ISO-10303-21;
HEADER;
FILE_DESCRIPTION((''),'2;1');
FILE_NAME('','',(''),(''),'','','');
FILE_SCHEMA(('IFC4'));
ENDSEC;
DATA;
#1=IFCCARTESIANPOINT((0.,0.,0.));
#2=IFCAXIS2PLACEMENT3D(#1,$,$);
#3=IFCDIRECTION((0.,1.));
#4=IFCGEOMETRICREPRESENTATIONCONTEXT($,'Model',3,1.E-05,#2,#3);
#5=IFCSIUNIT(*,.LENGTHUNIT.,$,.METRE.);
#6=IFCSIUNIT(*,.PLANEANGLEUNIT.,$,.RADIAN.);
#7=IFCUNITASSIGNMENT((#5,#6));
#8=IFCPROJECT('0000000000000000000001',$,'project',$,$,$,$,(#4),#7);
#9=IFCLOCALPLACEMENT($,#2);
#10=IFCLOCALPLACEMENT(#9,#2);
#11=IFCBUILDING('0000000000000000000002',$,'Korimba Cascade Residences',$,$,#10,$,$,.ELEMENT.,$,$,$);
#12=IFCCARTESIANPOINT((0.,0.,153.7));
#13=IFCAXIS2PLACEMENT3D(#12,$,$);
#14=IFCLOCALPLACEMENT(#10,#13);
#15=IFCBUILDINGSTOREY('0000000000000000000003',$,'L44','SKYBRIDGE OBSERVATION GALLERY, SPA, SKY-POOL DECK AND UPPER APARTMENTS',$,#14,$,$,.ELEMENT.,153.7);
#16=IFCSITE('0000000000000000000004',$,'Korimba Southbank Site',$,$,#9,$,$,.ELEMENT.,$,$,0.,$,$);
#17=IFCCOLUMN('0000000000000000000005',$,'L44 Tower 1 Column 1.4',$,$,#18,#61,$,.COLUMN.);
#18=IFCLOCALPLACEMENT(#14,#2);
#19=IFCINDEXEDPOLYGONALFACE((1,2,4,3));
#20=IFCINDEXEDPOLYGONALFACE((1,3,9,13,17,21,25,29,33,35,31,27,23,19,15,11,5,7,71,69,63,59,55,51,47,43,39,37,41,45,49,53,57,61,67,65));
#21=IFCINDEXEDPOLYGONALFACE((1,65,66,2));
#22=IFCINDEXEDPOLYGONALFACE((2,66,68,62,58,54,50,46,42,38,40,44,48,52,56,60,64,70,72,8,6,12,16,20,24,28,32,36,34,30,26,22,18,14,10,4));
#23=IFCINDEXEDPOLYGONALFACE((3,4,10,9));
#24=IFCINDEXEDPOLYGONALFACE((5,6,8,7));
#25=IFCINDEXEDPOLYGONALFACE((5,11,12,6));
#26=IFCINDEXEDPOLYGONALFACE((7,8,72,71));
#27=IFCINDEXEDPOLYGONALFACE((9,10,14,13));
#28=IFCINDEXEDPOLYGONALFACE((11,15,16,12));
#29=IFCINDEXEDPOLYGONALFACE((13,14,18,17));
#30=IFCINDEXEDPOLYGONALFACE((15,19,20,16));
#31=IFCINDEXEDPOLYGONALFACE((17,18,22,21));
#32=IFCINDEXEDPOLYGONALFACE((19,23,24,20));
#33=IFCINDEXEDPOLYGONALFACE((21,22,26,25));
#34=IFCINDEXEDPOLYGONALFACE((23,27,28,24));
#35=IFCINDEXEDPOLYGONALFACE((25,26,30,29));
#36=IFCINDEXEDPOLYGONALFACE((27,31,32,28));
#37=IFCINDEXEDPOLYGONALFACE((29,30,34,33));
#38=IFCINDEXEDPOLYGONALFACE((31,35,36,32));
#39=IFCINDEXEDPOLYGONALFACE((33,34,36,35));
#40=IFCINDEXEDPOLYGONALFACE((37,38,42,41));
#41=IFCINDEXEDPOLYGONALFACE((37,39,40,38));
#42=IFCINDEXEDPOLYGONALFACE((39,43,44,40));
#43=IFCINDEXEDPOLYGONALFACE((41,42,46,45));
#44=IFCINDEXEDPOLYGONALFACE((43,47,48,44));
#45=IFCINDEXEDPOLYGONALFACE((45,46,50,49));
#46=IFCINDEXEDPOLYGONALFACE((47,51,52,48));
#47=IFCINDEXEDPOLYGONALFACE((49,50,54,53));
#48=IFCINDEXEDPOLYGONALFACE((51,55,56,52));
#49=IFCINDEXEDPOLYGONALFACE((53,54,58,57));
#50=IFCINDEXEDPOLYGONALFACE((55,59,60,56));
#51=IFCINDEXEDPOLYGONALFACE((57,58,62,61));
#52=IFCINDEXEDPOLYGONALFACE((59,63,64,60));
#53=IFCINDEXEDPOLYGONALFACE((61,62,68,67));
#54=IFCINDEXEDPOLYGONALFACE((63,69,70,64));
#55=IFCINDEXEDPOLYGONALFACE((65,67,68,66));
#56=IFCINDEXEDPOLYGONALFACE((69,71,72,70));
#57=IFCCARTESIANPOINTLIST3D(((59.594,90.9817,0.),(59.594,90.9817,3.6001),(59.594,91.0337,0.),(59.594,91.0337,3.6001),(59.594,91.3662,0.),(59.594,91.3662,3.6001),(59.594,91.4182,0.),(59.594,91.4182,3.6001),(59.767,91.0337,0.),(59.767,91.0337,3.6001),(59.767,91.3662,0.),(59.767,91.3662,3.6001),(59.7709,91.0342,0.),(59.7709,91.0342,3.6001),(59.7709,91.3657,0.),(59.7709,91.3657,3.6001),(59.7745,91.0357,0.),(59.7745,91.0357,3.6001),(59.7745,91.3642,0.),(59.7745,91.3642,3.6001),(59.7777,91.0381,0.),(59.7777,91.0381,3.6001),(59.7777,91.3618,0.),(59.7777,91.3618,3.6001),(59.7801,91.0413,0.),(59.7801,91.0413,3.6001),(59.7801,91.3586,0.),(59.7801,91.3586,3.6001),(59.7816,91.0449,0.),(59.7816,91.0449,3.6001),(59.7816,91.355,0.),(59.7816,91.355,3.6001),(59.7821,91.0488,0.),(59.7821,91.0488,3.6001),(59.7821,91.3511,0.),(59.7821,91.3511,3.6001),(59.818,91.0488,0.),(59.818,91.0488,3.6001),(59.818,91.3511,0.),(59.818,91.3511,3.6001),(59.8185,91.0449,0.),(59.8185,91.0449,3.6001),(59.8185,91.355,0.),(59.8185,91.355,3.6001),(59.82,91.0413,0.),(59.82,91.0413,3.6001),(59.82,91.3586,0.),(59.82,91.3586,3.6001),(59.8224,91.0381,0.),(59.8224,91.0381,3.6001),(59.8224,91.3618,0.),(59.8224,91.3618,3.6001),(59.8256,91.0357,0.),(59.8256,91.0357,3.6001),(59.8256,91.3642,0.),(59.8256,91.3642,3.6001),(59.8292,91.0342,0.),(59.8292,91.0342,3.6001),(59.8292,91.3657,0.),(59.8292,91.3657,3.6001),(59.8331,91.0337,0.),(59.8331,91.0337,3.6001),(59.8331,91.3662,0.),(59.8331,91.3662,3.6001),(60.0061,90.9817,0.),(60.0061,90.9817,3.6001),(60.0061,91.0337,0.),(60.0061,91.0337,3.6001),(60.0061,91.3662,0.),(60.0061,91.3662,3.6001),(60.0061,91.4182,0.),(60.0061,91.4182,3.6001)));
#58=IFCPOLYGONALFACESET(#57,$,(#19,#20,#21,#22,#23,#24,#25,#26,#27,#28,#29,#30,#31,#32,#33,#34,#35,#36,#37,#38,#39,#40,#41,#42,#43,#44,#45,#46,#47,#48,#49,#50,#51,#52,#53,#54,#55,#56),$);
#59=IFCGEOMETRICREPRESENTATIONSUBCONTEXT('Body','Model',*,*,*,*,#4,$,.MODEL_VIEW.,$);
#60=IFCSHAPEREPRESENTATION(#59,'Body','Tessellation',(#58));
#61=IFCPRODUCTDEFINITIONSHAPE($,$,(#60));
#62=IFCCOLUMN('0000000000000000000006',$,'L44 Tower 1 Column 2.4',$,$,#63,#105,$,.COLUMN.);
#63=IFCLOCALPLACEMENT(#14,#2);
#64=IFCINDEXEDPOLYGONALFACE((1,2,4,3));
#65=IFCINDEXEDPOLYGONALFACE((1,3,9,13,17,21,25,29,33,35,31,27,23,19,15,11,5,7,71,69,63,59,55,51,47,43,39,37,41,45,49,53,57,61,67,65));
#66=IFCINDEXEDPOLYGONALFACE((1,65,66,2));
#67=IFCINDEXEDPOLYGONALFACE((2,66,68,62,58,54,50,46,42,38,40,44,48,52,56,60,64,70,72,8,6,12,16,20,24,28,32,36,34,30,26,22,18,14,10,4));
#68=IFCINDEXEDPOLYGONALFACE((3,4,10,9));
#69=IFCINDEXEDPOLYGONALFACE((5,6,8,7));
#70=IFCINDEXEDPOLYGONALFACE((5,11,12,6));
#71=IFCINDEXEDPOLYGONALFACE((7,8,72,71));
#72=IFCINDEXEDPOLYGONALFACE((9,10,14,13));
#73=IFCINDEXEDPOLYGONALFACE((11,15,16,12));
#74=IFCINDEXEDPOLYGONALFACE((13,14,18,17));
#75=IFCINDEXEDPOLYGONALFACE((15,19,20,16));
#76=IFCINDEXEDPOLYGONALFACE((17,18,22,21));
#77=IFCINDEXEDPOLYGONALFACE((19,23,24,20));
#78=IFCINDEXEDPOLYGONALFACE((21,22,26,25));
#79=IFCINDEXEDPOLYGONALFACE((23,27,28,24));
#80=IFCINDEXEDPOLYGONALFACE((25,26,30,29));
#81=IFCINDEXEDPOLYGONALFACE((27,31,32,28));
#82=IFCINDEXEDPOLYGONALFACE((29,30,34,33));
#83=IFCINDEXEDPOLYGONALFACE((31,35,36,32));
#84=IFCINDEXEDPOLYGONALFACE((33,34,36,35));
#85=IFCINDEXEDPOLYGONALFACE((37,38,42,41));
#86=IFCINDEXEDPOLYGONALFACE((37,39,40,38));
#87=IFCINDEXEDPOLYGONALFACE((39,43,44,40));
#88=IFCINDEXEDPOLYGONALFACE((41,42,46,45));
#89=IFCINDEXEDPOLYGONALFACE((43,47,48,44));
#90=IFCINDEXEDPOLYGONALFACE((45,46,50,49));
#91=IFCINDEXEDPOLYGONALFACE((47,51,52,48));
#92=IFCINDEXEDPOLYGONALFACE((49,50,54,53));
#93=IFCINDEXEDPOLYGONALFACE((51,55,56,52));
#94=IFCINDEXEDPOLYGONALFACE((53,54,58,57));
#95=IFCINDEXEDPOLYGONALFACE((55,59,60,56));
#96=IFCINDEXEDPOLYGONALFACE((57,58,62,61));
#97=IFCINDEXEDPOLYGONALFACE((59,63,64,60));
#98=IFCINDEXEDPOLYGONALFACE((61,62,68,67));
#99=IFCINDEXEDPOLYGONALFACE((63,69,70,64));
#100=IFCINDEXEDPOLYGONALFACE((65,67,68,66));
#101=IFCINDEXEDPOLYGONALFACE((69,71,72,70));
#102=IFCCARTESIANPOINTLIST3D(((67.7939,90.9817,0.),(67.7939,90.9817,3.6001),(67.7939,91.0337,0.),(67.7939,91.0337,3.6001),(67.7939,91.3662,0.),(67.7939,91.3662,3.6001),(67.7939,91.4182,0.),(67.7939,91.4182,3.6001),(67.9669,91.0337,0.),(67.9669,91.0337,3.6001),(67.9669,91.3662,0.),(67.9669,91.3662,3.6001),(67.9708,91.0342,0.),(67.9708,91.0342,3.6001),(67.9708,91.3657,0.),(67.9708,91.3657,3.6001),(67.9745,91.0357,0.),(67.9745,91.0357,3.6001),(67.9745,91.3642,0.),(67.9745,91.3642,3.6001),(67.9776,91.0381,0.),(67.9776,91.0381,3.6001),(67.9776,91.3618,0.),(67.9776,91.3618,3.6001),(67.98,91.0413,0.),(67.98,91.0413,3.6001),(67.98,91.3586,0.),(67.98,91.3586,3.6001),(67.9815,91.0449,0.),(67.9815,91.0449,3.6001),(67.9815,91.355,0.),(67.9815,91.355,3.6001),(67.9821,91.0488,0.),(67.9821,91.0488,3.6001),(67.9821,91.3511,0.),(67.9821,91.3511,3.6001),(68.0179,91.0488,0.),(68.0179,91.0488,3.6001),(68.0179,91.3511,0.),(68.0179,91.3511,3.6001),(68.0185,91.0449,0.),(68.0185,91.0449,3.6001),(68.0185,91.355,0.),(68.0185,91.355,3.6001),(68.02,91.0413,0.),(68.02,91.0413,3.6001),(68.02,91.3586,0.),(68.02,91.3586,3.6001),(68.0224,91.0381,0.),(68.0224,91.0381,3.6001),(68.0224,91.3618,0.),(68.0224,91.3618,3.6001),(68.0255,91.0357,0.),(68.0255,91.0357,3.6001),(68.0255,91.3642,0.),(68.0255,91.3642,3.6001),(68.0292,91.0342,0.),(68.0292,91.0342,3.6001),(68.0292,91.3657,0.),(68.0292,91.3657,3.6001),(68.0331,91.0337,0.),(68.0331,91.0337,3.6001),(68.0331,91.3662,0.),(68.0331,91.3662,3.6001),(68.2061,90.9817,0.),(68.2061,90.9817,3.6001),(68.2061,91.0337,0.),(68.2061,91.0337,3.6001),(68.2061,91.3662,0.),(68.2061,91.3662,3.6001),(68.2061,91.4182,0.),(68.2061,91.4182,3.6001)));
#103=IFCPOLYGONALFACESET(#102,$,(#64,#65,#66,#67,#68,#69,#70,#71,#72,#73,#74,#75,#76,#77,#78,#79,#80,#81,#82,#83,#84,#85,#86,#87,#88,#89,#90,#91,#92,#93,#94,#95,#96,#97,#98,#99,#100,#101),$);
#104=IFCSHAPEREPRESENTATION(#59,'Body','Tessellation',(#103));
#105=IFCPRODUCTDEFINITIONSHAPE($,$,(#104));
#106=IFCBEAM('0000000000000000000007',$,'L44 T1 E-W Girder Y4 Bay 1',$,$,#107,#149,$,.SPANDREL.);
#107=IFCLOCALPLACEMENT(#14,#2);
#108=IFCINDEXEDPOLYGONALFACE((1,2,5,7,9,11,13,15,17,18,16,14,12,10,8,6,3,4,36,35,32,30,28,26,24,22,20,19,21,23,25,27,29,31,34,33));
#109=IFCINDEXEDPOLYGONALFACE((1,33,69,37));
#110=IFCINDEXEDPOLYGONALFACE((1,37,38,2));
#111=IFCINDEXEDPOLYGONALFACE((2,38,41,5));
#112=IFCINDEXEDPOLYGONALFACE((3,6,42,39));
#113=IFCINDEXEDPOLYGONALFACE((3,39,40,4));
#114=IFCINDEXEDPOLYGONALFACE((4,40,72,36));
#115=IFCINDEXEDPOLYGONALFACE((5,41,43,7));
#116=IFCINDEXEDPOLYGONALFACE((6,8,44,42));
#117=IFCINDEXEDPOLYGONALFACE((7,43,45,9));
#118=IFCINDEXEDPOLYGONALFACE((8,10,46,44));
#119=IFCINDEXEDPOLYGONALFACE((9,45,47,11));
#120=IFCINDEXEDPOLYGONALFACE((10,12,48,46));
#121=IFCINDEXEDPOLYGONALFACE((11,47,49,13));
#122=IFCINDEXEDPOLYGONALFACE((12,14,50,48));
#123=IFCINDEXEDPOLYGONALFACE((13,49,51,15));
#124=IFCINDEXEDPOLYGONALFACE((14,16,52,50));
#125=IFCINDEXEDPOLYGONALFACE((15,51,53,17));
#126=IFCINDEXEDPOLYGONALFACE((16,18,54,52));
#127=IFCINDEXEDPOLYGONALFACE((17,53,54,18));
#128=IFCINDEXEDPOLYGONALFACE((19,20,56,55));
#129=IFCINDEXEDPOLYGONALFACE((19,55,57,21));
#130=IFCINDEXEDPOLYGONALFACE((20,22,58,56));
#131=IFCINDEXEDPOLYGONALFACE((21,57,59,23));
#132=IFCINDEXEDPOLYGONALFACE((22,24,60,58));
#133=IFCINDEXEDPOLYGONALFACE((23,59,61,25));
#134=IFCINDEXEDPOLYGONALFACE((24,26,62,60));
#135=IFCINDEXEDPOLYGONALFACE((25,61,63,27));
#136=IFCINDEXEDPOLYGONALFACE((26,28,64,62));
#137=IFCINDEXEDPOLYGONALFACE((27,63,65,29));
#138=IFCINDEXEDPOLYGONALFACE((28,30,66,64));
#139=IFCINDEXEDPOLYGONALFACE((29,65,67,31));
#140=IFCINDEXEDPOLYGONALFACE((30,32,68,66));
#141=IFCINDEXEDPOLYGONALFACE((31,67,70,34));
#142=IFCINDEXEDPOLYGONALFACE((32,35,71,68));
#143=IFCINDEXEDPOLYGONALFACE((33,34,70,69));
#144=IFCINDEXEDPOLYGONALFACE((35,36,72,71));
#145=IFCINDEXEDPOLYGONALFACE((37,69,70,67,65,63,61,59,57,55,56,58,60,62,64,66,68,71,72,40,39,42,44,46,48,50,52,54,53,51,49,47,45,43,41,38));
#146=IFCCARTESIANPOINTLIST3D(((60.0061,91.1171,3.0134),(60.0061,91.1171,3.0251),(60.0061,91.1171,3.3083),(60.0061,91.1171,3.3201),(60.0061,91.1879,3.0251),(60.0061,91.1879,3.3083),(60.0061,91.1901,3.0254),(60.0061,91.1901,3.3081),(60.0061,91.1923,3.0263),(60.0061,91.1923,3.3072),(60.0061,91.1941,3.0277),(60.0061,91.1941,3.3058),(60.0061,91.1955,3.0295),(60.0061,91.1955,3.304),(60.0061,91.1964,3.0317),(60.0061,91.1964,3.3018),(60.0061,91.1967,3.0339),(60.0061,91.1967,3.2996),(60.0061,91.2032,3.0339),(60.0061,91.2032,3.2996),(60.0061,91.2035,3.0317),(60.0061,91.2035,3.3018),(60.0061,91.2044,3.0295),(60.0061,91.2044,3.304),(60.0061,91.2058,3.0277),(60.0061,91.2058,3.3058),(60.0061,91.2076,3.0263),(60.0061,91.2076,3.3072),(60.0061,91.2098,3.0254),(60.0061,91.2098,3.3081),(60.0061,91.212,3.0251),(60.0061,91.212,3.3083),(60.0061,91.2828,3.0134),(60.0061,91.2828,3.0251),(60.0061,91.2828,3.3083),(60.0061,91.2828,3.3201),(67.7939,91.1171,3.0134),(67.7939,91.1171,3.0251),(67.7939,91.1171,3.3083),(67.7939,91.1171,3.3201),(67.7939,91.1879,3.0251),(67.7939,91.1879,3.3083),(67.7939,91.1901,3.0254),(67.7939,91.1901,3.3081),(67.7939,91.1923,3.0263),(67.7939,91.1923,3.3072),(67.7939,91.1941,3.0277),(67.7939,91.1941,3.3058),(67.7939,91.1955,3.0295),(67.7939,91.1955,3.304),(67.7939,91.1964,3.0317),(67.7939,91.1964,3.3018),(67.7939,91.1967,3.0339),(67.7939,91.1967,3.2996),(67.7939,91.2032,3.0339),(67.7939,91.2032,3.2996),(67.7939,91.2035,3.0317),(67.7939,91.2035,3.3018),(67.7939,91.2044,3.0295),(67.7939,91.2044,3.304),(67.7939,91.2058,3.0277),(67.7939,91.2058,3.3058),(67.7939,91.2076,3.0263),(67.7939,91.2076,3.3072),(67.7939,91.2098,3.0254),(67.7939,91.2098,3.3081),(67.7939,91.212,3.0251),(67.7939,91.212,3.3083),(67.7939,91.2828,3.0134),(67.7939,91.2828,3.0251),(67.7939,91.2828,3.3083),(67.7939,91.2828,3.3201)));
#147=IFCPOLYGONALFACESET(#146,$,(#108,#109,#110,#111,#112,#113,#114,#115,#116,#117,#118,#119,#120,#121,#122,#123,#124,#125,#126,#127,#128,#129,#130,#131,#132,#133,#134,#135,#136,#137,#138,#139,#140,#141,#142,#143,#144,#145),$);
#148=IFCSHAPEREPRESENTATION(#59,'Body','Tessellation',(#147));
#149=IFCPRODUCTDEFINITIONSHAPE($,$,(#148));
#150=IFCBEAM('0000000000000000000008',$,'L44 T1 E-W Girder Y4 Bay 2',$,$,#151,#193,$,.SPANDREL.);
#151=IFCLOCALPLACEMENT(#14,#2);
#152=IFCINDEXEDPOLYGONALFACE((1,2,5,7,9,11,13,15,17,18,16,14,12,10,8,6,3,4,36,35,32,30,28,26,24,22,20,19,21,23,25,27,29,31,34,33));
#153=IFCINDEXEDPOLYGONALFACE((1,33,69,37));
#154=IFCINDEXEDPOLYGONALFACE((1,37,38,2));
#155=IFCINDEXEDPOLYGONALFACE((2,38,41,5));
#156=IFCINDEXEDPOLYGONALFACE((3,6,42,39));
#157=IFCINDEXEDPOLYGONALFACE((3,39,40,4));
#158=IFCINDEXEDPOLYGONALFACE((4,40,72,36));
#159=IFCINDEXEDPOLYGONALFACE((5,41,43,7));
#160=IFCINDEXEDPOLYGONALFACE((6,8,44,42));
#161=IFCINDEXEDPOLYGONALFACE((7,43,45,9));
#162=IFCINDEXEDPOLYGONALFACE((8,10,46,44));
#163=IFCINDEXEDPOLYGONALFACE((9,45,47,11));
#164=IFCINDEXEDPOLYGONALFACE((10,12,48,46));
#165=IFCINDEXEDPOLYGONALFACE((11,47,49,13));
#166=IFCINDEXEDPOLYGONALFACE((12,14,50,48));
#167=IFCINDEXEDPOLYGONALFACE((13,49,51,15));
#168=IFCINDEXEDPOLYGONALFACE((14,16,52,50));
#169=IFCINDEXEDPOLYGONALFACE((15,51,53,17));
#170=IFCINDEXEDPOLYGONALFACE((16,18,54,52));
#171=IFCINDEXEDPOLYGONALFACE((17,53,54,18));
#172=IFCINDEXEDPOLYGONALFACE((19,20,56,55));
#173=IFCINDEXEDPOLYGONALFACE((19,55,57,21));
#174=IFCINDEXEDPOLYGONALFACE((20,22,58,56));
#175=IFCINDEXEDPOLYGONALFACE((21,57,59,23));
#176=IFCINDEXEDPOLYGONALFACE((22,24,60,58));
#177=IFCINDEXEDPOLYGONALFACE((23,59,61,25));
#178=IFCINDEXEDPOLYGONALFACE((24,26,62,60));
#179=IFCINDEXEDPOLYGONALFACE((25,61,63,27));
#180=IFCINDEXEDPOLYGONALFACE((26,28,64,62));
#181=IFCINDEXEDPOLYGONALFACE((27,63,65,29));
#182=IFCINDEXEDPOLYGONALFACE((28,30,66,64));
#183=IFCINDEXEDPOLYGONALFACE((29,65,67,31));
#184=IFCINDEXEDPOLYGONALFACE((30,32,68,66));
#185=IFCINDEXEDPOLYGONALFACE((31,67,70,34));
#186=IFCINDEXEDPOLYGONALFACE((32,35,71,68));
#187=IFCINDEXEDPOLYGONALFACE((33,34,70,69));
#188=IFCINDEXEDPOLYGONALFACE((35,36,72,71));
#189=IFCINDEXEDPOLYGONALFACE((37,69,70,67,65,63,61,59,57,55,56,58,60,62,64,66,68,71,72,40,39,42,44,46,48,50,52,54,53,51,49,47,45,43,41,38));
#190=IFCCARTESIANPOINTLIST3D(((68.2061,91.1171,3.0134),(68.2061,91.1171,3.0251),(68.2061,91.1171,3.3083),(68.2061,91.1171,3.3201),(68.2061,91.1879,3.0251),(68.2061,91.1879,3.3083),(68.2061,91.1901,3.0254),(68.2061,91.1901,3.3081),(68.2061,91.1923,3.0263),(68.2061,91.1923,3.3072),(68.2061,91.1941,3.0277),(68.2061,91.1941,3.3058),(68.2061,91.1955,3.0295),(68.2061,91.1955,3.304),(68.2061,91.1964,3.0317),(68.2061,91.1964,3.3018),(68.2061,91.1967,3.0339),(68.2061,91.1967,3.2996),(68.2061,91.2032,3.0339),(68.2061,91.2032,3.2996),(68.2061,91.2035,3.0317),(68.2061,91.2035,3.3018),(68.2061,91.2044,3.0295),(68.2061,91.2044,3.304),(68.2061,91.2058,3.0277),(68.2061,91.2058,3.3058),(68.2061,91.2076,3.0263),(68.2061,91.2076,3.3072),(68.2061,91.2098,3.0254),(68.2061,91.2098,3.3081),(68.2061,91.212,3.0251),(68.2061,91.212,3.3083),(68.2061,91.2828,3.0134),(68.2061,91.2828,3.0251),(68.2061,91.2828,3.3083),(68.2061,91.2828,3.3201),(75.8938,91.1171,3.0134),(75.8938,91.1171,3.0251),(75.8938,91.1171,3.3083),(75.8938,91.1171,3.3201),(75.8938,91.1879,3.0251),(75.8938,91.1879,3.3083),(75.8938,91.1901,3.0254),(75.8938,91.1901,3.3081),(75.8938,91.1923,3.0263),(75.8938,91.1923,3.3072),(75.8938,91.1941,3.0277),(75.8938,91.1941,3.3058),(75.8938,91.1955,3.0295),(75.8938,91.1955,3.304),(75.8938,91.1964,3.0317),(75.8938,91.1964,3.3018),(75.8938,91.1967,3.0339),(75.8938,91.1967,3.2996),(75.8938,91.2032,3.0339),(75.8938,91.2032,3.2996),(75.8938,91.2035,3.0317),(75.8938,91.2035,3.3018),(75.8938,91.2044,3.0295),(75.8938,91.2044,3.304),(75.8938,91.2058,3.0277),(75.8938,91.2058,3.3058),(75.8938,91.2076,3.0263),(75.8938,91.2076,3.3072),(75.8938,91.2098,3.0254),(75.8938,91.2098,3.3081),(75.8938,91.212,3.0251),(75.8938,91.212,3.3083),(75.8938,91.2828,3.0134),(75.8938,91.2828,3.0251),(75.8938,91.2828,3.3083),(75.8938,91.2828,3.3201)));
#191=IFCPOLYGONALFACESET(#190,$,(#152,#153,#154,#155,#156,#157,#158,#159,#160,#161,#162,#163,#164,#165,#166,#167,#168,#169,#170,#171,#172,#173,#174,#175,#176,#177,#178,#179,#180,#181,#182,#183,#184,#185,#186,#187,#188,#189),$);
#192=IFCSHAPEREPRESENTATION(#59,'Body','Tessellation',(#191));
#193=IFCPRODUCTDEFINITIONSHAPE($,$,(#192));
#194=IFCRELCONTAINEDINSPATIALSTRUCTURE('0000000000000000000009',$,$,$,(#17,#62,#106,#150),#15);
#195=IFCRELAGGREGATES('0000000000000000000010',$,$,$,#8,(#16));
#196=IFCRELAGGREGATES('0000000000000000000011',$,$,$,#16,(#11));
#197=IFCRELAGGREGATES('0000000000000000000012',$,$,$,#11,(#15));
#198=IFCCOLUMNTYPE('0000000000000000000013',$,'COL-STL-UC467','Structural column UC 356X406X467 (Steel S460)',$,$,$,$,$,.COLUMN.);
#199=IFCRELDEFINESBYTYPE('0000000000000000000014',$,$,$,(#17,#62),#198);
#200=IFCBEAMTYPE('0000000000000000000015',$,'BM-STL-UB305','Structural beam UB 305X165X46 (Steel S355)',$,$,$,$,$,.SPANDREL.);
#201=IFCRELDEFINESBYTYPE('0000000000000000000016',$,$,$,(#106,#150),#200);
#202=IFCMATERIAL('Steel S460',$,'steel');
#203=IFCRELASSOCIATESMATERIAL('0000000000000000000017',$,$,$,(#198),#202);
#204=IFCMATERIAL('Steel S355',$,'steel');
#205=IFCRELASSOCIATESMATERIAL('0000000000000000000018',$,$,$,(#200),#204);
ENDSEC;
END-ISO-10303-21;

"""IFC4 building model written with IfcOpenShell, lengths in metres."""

from ifc_helpers import new_model, si_unit, direction, frame, origin, origin_2d, place, context, subcontext, project, spatial, i_section, extrude, material, material_profile, profile_set, type_object, element, save


model = new_model("IFC4")

# Units and contexts
model_context = context("Model", 3, precision=1e-05, world=origin(), true_north=direction((0.0, 1.0)))
body_context = subcontext(model_context, "Body", "Model", "MODEL_VIEW")
ifc_project = project(units=[si_unit("LENGTHUNIT", "METRE"), si_unit("PLANEANGLEUNIT", "RADIAN")], contexts=[model_context])

# Site, building, storey
site_placement = place(None, origin())
site = spatial("IfcSite", under=ifc_project, at=site_placement, Name="Korimba Southbank Site", CompositionType="ELEMENT", RefElevation=0.0)
building_placement = place(site_placement, origin())
building = spatial("IfcBuilding", under=site, at=building_placement, Name="Korimba Cascade Residences", CompositionType="ELEMENT")
storey_placement = place(building_placement, frame((0.0, 0.0, 153.7)))
storey = spatial("IfcBuildingStorey", under=building, at=storey_placement, Name="L44", Description="SKYBRIDGE OBSERVATION GALLERY, SPA, SKY-POOL DECK AND UPPER APARTMENTS", CompositionType="ELEMENT", Elevation=153.7)

# Columns
ifc_material_1 = material(Name="Steel S460", Category="steel")
ifc_material_profile_1 = material_profile(ifc_material_1, i_section(OverallWidth=0.4121, OverallDepth=0.4365, WebThickness=0.0359, FlangeThickness=0.052, FilletRadius=0.0151, at=origin_2d()), Name="Steel S460")
ifc_profile_set_1 = profile_set([ifc_material_profile_1], Name="Steel S460")
column_type = type_object("IfcColumnType", Name="COL-STL-UC467", Description="Structural column UC 356X406X467 (Steel S460)", PredefinedType="COLUMN", material=ifc_profile_set_1)
for number, where, z_axis, x_axis, name in (
    (1, (59.8, 91.2, 0.0), (0.0, 0.0, 1.0), (1.0, 0.0, 0.0), "L44 Tower 1 Column 1.4"),
    (2, (68.0, 91.2, 0.0), (0.0, 0.0, 1.0), (1.0, 0.0, 0.0), "L44 Tower 1 Column 2.4"),
):
    element("IfcColumn", number, at=place(storey_placement, frame(where, z_axis=z_axis, x_axis=x_axis)), inside=storey, type_object=column_type, Name=name, PredefinedType="COLUMN", context=body_context, shape_type="SweptSolid", body=[
        extrude(i_section(OverallWidth=0.4121, OverallDepth=0.4365, WebThickness=0.0359, FlangeThickness=0.052, FilletRadius=0.0151, at=origin_2d()), origin(), (0.0, 0.0, 1.0), 3.6001),
    ])

# Beams
ifc_material_2 = material(Name="Steel S355", Category="steel")
ifc_material_profile_2 = material_profile(ifc_material_2, i_section(OverallWidth=0.1658, OverallDepth=0.3066, WebThickness=0.0066, FlangeThickness=0.0117, FilletRadius=0.0088, at=origin_2d()), Name="Steel S355")
ifc_profile_set_2 = profile_set([ifc_material_profile_2], Name="Steel S355")
beam_type_1 = type_object("IfcBeamType", Name="BM-STL-UB305", Description="Structural beam UB 305X165X46 (Steel S355)", PredefinedType="SPANDREL", material=ifc_profile_set_2)
beam_1_placement = place(storey_placement, frame((60.0061, 91.2, 3.1667), z_axis=(1.0, 0.0, 0.0), x_axis=(0.0, 1.0, 0.0)))
element("IfcBeam", 3, at=beam_1_placement, inside=storey, type_object=beam_type_1, Name="L44 T1 E-W Girder Y4 Bay 1", PredefinedType="SPANDREL", context=body_context, shape_type="SweptSolid", body=[
    extrude(i_section(OverallWidth=0.1658, OverallDepth=0.3066, WebThickness=0.0066, FlangeThickness=0.0117, FilletRadius=0.0088, at=origin_2d()), origin(), (0.0, 0.0, 1.0), 7.7878),
])
beam_2_placement = place(storey_placement, frame((68.2061, 91.2, 3.1667), z_axis=(1.0, 0.0, 0.0), x_axis=(0.0, 1.0, 0.0)))
element("IfcBeam", 4, at=beam_2_placement, inside=storey, type_object=beam_type_1, Name="L44 T1 E-W Girder Y4 Bay 2", PredefinedType="SPANDREL", context=body_context, shape_type="SweptSolid", body=[
    extrude(i_section(OverallWidth=0.1658, OverallDepth=0.3066, WebThickness=0.0066, FlangeThickness=0.0117, FilletRadius=0.0088, at=origin_2d()), origin(), (0.0, 0.0, 1.0), 7.6877),
])

save(model, "model.ifc")
